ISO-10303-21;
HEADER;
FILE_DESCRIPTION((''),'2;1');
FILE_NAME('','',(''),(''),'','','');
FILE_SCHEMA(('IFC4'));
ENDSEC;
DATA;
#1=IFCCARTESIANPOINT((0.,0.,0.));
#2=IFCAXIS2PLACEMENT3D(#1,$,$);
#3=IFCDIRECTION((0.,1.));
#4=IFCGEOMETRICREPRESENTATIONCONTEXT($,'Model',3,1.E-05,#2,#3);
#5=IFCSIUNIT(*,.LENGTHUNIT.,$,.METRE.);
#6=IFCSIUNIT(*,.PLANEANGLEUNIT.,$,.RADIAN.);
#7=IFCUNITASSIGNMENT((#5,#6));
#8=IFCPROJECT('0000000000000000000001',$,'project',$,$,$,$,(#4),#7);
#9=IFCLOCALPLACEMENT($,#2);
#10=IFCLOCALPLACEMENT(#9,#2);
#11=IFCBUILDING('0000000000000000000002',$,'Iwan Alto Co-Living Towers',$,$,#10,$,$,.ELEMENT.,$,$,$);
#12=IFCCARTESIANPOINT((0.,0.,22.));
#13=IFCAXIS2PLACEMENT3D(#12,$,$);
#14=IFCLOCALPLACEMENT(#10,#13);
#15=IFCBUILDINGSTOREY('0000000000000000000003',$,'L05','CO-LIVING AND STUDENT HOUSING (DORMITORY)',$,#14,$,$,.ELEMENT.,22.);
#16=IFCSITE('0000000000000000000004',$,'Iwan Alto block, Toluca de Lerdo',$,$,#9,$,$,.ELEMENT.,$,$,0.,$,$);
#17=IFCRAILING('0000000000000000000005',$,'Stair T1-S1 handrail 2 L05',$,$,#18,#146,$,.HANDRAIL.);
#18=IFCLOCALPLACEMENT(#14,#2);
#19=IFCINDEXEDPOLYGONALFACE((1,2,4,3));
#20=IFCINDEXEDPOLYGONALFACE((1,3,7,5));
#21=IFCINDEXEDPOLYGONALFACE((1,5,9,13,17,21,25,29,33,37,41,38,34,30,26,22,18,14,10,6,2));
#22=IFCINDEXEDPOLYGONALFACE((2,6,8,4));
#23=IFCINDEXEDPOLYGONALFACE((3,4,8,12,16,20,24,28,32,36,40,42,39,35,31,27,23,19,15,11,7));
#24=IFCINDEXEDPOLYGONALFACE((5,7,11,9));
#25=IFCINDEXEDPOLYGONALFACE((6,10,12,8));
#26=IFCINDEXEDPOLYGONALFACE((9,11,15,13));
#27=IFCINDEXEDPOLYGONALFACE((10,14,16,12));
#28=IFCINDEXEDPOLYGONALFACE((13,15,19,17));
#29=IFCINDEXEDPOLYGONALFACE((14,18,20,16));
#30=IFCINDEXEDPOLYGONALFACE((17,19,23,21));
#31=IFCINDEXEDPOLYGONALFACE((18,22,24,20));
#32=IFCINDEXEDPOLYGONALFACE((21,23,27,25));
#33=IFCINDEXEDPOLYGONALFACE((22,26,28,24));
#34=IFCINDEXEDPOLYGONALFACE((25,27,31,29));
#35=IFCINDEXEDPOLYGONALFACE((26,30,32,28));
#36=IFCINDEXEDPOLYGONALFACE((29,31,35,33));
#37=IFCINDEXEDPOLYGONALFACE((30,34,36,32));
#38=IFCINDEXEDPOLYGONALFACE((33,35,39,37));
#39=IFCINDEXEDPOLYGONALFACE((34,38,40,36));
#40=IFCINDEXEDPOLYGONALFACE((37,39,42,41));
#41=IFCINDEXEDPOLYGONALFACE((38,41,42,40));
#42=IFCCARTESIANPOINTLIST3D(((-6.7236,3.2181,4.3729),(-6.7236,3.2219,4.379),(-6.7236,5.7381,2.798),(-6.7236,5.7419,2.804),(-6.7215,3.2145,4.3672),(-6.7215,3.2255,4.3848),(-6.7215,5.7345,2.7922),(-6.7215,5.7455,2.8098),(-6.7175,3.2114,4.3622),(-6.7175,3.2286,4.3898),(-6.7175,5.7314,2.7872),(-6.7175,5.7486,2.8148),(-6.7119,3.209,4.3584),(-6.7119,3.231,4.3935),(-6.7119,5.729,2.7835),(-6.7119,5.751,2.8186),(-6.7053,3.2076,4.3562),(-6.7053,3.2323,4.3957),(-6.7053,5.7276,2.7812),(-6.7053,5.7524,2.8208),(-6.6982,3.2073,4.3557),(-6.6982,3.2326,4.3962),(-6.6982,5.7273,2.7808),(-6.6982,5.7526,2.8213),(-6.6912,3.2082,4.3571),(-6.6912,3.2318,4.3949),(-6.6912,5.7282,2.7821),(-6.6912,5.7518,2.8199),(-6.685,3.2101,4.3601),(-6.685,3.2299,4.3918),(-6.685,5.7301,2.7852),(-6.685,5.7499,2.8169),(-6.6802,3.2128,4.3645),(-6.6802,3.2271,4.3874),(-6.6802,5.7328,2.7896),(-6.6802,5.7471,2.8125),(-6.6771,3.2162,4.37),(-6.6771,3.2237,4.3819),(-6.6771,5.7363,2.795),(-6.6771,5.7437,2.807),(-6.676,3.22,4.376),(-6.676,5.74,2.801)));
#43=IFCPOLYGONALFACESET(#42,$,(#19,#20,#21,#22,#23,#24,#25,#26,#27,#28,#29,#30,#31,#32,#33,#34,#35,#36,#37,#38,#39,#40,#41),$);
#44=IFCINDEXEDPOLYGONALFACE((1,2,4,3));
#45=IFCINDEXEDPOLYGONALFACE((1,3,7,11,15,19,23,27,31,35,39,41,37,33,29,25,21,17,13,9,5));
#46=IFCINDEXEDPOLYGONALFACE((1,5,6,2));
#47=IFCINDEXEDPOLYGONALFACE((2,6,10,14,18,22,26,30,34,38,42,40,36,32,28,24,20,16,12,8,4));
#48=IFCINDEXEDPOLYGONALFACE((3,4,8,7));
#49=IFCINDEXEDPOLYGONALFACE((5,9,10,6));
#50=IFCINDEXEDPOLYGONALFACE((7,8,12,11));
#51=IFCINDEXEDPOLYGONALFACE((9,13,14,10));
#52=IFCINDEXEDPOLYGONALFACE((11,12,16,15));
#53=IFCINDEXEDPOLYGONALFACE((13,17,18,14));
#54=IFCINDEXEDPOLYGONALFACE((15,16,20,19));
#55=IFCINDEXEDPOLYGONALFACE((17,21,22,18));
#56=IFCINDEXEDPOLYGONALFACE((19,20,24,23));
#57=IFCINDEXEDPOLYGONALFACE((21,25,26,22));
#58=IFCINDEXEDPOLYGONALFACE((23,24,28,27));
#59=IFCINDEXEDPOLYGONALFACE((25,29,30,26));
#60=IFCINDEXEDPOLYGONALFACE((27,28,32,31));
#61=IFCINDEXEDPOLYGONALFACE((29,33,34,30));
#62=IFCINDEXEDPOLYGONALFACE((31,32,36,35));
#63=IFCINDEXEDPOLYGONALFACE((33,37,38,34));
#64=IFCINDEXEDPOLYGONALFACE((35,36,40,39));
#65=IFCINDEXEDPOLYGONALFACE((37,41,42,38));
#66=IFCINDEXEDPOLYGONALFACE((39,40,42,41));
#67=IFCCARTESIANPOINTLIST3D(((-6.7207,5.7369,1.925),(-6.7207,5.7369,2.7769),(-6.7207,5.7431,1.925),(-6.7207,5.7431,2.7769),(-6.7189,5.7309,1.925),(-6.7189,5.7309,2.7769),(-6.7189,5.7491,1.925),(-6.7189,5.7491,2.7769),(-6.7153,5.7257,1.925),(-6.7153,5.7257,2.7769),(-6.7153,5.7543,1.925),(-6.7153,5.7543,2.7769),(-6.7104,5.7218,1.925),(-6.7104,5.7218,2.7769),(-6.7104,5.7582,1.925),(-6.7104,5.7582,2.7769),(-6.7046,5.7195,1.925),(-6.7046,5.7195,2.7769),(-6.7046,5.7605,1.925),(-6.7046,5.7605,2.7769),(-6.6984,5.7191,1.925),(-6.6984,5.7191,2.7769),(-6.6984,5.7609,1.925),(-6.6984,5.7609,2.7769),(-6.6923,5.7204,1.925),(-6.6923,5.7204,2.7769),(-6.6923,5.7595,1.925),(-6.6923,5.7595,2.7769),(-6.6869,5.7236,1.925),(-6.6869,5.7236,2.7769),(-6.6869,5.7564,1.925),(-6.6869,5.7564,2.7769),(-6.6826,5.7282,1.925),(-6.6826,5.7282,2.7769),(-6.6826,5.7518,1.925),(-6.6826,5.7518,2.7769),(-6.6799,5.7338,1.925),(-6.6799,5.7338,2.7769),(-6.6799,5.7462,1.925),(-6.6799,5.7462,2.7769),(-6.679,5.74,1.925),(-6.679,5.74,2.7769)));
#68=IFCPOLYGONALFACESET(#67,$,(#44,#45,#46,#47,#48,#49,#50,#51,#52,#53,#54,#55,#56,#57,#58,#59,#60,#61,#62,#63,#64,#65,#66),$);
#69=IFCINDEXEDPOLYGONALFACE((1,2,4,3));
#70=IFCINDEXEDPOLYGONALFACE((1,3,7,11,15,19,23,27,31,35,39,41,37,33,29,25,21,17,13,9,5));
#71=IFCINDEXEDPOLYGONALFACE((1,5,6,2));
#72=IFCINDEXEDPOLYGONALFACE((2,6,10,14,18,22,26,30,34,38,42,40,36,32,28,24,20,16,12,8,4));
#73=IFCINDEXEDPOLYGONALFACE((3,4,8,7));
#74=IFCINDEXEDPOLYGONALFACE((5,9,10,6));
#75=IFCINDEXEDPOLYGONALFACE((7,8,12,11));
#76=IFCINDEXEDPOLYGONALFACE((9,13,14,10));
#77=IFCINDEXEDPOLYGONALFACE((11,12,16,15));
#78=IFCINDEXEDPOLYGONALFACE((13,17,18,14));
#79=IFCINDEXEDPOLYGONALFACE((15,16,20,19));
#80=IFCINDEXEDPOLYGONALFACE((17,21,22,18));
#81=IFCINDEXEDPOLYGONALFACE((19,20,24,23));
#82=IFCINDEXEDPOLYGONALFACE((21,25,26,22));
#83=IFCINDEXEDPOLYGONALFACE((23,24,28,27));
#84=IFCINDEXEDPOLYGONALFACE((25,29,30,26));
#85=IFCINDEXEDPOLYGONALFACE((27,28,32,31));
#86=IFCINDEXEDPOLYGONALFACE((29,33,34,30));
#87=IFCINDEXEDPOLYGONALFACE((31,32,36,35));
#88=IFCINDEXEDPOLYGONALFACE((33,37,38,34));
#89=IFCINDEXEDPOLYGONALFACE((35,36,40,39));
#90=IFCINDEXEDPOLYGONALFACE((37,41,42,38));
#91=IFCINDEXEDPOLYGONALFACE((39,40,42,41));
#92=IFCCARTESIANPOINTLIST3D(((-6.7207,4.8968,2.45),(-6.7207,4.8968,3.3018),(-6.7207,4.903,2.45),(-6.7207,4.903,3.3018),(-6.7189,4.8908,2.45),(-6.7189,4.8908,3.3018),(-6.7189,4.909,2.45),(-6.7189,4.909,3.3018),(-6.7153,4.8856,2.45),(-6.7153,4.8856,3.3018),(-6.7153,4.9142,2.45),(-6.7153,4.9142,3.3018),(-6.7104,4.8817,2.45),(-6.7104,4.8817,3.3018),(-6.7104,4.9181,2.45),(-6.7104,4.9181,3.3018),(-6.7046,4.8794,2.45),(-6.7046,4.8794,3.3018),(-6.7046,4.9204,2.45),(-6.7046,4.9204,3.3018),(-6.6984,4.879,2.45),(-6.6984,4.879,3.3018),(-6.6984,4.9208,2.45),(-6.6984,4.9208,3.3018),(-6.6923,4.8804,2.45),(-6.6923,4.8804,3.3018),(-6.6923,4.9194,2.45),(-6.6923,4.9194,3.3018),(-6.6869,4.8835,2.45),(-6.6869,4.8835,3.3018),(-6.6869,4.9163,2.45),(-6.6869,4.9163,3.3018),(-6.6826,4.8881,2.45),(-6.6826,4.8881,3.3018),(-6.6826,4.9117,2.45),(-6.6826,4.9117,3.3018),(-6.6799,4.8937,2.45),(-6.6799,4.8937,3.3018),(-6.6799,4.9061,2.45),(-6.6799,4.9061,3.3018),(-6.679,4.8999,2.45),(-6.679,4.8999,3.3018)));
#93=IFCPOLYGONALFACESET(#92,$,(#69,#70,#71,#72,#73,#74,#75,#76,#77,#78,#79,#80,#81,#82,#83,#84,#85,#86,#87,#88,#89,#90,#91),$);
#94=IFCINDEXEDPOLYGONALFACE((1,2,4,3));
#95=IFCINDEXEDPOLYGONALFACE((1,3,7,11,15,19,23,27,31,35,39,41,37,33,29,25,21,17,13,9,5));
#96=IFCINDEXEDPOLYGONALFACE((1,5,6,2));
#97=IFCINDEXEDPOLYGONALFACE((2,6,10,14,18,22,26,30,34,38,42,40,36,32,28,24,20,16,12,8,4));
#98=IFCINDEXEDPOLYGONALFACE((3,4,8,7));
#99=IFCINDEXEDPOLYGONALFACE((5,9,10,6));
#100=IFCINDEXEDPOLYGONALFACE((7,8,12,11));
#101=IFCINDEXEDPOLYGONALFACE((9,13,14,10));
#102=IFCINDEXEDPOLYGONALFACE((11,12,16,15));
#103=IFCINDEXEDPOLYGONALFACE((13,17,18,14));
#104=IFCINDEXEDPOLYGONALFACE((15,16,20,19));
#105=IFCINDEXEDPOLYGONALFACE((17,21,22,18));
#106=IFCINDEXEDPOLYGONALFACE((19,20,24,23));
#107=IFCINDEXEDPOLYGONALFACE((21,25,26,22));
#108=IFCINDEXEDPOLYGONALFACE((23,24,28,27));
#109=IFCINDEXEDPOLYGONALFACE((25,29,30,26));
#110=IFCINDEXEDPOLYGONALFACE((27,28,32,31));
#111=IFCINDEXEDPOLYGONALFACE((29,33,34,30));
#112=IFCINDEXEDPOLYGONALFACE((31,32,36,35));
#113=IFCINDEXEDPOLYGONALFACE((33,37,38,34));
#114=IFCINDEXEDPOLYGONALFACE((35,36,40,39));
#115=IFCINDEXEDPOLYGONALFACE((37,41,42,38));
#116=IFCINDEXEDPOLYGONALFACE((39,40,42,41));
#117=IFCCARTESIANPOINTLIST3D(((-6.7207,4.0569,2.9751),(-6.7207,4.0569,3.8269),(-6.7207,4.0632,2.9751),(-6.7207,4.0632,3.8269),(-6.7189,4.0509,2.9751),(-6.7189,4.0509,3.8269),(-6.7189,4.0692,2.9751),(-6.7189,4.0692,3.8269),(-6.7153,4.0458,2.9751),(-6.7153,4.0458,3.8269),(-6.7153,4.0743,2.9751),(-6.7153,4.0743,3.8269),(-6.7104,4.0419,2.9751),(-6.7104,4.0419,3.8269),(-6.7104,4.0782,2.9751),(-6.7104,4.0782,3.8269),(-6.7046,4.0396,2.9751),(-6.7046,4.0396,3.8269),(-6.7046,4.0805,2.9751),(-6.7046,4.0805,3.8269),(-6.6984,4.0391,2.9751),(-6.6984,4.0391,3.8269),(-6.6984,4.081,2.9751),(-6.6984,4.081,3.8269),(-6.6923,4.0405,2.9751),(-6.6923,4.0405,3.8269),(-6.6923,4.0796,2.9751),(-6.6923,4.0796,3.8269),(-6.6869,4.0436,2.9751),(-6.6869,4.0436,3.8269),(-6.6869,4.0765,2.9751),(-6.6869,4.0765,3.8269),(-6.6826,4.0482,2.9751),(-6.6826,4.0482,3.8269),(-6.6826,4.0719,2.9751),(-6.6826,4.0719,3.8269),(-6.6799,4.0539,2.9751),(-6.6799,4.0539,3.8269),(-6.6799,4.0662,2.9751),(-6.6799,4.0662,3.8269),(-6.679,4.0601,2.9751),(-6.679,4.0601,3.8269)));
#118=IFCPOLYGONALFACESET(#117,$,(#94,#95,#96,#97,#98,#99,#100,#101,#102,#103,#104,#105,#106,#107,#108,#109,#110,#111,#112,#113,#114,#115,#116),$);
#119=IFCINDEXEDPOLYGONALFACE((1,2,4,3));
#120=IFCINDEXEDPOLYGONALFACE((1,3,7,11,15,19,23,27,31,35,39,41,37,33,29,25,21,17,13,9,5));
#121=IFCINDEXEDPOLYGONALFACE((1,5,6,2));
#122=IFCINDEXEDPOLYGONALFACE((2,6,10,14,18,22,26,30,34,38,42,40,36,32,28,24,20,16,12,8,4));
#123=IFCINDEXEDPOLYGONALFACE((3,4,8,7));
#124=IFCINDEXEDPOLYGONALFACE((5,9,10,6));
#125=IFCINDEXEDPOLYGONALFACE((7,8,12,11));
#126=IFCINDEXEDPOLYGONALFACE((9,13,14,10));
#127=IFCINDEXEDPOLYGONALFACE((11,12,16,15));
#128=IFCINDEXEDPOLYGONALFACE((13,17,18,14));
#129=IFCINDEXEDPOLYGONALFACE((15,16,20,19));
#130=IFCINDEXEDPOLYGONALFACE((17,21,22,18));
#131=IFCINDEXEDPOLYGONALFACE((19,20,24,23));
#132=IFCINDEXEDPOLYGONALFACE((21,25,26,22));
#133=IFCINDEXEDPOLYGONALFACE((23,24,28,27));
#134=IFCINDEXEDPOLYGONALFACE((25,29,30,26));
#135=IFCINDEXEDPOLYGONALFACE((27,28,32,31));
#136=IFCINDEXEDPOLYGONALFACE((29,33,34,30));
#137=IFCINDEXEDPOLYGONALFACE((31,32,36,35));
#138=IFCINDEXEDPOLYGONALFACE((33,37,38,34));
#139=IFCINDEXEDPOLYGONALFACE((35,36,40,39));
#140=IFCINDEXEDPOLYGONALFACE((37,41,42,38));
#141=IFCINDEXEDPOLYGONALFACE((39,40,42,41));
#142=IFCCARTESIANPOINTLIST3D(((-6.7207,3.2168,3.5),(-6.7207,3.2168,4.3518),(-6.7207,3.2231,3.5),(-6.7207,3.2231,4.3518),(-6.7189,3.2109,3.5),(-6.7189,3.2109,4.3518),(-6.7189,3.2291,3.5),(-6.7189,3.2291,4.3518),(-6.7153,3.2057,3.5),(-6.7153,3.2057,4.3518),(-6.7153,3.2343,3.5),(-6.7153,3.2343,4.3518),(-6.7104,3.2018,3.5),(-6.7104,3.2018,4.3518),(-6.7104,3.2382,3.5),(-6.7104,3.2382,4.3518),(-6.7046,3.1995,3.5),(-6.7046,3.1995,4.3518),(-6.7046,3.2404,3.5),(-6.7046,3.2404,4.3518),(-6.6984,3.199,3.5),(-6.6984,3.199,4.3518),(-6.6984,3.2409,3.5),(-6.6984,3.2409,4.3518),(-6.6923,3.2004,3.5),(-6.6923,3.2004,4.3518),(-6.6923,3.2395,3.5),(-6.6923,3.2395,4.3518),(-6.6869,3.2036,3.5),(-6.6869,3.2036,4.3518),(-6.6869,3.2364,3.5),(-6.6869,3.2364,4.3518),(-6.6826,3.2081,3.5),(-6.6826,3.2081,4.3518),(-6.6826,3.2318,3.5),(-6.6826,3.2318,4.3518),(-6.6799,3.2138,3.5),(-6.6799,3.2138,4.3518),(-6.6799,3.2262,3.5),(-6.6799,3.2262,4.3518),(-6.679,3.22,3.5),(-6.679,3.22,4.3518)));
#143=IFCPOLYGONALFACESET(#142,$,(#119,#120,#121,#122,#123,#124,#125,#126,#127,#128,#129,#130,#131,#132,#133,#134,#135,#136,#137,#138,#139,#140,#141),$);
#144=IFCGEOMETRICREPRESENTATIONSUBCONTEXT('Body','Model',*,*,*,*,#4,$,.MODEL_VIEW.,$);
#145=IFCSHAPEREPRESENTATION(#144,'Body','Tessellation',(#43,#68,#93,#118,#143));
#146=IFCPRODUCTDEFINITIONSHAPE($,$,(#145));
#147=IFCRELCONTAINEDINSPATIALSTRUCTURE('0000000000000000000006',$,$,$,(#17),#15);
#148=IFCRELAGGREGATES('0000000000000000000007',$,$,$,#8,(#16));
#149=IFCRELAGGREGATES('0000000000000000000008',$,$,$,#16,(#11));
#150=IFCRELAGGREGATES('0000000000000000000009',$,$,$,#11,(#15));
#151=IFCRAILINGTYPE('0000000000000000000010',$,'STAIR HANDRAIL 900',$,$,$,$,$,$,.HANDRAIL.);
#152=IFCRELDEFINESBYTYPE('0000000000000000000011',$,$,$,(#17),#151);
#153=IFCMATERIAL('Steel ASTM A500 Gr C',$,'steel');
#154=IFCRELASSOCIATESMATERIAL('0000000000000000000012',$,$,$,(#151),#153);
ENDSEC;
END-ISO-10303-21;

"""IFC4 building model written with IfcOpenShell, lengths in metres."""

from ifc_helpers import new_model, si_unit, direction, frame, origin, origin_2d, place, context, subcontext, project, spatial, circle, extrude, material, type_object, element, save


model = new_model("IFC4")

# Units and contexts
model_context = context("Model", 3, precision=1e-05, world=origin(), true_north=direction((0.0, 1.0)))
body_context = subcontext(model_context, "Body", "Model", "MODEL_VIEW")
ifc_project = project(units=[si_unit("LENGTHUNIT", "METRE"), si_unit("PLANEANGLEUNIT", "RADIAN")], contexts=[model_context])

# Site, building, storey
site_placement = place(None, origin())
site = spatial("IfcSite", under=ifc_project, at=site_placement, Name="Iwan Alto block, Toluca de Lerdo", CompositionType="ELEMENT", RefElevation=0.0)
building_placement = place(site_placement, origin())
building = spatial("IfcBuilding", under=site, at=building_placement, Name="Iwan Alto Co-Living Towers", CompositionType="ELEMENT")
storey_placement = place(building_placement, frame((0.0, 0.0, 22.0)))
storey = spatial("IfcBuildingStorey", under=building, at=storey_placement, Name="L05", Description="CO-LIVING AND STUDENT HOUSING (DORMITORY)", CompositionType="ELEMENT", Elevation=22.0)

# Railing
ifc_material_1 = material(Name="Steel ASTM A500 Gr C", Category="steel")
railing_type_1 = type_object("IfcRailingType", Name="STAIR HANDRAIL 900", PredefinedType="HANDRAIL", material=ifc_material_1)
railing_1_placement = place(storey_placement, frame((-6.7, 5.74, 1.925)))
element("IfcRailing", 1, at=railing_1_placement, inside=storey, type_object=railing_type_1, Name="Stair T1-S1 handrail 2 L05", PredefinedType="HANDRAIL", context=body_context, shape_type="SweptSolid", body=[
    extrude(circle(Radius=0.0239, at=origin_2d()), frame((0.0, 0.0, 0.876), z_axis=(0.0, -0.848008, 0.529984), x_axis=(1.0, 0.0, 0.0)), (0.0, 0.0, 1.0), 2.9717),
    extrude(circle(Radius=0.021, at=origin_2d()), origin(), (0.0, 0.0, 1.0), 0.8518),
    extrude(circle(Radius=0.021, at=origin_2d()), frame((0.0, -0.8401, 0.5249)), (0.0, 0.0, 1.0), 0.8518),
    extrude(circle(Radius=0.021, at=origin_2d()), frame((0.0, -1.6799, 1.05)), (0.0, 0.0, 1.0), 0.8518),
    extrude(circle(Radius=0.021, at=origin_2d()), frame((0.0, -2.52, 1.575)), (0.0, 0.0, 1.0), 0.8518),
])

save(model, "model.ifc")
